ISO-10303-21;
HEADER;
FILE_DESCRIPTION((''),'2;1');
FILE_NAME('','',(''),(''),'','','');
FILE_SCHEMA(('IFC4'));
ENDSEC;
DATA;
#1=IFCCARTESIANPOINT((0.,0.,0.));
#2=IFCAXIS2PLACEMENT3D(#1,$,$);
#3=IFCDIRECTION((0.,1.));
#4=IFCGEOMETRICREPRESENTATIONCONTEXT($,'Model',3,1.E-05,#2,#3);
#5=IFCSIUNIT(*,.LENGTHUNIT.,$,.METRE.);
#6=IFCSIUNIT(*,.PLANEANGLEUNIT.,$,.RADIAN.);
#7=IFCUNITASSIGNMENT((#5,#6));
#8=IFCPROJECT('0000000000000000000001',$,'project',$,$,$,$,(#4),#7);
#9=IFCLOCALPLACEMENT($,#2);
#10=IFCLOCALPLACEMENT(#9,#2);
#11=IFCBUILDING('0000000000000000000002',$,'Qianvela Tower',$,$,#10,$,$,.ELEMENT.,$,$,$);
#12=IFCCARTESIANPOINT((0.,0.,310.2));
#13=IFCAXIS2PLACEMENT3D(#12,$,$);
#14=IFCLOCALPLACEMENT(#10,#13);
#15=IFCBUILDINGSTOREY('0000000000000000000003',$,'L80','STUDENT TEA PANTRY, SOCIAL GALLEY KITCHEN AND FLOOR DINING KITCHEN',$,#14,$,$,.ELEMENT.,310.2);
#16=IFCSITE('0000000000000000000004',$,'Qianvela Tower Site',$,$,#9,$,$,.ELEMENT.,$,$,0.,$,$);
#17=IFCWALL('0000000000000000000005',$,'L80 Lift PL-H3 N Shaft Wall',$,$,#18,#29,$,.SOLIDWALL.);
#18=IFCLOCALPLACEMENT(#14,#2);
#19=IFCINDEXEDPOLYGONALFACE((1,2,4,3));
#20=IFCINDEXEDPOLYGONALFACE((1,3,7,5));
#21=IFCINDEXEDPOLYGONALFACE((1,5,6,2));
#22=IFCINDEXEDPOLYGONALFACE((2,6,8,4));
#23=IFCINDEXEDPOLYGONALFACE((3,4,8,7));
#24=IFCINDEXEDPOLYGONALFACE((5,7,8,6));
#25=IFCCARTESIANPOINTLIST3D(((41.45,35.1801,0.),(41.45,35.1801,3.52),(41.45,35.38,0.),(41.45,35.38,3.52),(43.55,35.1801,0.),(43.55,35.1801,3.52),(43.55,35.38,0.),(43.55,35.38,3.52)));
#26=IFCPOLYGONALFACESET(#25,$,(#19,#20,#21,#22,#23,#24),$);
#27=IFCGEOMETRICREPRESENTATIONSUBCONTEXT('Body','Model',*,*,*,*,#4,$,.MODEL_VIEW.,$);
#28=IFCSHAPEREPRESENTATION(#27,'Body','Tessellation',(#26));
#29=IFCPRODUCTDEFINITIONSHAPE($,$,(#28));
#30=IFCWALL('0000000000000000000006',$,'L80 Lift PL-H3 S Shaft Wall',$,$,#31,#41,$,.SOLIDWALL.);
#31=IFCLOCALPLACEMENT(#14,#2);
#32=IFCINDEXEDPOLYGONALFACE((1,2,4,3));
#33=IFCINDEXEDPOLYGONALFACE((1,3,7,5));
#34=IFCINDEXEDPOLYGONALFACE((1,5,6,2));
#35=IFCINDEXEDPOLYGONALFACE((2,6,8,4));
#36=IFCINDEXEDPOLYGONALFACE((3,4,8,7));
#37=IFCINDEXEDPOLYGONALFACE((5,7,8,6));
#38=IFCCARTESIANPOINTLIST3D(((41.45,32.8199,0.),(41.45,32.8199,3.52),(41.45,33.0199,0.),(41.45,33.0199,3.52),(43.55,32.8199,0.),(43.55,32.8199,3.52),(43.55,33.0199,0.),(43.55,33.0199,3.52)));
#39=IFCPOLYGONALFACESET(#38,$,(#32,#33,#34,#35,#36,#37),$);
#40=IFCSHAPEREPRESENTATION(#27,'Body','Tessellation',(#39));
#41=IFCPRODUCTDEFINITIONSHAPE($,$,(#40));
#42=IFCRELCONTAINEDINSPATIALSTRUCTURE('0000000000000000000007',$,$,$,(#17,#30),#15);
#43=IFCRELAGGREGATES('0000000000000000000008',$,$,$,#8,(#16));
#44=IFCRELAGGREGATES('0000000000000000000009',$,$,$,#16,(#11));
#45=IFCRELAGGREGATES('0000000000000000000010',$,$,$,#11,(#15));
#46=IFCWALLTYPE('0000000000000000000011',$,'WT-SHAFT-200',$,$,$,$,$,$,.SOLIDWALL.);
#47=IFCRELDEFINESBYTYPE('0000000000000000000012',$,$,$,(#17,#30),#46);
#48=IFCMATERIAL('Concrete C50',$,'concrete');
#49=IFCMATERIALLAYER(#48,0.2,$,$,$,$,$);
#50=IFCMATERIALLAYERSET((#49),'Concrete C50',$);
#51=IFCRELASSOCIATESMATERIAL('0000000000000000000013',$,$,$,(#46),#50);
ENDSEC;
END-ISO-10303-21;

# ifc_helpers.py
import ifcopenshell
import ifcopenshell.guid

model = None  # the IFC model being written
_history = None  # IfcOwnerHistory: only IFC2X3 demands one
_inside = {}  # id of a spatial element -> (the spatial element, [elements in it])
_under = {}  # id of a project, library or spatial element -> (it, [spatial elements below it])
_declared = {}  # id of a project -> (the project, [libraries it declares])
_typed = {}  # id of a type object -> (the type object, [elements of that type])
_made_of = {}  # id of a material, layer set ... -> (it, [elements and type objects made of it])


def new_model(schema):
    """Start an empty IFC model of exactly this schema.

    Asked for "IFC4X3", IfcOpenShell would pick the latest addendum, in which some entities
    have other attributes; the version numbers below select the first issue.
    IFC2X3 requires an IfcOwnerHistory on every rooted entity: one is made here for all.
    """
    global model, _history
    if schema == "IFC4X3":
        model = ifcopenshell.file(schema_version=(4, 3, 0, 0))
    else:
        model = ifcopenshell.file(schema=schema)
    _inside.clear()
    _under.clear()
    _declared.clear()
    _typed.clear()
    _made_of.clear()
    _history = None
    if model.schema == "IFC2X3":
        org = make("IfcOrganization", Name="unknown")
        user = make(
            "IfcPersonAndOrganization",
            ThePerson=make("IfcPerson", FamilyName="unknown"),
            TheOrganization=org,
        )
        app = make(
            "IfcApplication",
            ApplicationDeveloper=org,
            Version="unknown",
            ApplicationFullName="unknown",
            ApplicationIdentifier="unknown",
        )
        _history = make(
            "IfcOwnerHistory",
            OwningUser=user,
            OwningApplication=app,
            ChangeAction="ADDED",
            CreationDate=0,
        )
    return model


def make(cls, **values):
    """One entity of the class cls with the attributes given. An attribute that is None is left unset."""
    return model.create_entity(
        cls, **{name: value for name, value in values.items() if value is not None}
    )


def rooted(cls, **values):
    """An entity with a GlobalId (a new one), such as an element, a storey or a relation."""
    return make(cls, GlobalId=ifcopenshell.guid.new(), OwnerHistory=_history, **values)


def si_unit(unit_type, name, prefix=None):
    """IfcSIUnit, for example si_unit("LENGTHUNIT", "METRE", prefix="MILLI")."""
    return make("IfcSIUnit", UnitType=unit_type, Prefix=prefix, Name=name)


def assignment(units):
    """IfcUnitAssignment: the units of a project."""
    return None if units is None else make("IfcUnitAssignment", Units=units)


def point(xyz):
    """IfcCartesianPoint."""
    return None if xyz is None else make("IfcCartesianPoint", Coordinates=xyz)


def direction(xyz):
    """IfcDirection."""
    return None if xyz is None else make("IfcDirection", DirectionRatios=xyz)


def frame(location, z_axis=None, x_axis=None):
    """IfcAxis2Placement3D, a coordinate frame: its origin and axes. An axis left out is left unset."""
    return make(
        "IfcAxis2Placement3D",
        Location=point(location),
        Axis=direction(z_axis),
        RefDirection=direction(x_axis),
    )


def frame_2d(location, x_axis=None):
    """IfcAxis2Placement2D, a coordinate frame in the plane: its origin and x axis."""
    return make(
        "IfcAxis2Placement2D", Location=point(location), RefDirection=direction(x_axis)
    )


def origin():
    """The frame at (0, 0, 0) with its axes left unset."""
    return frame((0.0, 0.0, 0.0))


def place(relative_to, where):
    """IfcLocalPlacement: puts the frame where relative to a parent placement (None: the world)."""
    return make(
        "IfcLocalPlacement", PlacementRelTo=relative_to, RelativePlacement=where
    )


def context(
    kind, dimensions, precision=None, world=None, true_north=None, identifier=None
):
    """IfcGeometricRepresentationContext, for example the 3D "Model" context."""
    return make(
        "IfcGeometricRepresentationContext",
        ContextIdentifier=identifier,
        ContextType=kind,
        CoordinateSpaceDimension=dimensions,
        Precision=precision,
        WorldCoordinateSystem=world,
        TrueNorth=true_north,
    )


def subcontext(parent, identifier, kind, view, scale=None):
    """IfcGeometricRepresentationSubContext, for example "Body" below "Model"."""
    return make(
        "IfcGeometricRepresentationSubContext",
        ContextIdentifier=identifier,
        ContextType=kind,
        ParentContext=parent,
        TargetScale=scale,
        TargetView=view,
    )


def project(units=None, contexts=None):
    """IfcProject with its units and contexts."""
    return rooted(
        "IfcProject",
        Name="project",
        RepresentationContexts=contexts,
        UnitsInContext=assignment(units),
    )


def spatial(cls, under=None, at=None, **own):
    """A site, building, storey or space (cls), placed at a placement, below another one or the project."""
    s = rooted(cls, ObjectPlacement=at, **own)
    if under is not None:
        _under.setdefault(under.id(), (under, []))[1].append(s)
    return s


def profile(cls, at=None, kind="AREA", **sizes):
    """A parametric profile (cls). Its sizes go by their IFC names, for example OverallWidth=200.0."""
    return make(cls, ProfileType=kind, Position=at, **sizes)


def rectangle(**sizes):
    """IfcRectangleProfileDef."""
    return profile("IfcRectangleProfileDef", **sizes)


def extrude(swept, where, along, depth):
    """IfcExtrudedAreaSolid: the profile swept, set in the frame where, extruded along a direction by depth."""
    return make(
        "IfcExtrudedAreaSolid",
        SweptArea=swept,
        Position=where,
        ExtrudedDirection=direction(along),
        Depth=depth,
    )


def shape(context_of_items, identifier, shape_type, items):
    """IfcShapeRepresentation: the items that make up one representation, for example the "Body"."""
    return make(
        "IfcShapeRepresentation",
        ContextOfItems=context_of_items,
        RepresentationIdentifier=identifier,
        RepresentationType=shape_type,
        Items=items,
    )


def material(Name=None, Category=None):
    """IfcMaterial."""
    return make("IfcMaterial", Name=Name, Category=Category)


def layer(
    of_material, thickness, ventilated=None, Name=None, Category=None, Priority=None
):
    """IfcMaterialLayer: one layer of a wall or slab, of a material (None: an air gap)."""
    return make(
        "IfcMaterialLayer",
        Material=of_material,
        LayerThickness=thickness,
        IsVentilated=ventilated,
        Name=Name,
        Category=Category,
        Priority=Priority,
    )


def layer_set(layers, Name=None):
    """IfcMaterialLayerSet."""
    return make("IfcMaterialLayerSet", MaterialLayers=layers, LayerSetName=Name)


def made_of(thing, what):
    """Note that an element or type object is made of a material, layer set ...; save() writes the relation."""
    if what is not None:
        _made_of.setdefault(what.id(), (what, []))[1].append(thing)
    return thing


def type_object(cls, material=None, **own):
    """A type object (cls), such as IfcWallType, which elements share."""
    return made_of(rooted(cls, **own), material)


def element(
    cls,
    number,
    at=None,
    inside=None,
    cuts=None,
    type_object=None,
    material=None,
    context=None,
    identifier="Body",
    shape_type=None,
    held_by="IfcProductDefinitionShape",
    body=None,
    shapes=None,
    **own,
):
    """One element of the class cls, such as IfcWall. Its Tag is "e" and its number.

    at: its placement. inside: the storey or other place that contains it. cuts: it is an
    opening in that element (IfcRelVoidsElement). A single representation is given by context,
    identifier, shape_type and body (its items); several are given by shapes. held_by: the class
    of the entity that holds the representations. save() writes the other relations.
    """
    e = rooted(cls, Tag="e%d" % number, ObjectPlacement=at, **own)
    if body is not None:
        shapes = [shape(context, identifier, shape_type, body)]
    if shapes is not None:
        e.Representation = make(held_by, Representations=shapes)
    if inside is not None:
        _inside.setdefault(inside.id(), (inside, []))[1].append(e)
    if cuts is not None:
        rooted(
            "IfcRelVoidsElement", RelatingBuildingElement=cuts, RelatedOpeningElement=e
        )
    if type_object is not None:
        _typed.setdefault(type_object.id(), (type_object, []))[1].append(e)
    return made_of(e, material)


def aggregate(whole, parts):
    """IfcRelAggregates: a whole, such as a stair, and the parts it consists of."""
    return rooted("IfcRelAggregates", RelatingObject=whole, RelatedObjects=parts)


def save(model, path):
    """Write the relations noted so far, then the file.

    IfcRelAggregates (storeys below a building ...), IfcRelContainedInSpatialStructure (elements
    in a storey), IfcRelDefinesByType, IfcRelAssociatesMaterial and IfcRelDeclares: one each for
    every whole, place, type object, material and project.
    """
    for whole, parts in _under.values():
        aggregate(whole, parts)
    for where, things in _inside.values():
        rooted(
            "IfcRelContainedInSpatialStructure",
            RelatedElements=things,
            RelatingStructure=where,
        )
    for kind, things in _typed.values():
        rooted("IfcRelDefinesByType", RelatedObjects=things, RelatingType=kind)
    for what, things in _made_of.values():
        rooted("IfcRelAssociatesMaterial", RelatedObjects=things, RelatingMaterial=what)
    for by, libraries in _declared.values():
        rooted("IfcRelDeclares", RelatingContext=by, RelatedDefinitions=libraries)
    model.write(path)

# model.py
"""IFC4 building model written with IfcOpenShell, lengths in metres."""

from ifc_helpers import new_model, si_unit, direction, frame, frame_2d, origin, place, context, subcontext, project, spatial, rectangle, extrude, material, layer, layer_set, type_object, element, save


model = new_model("IFC4")

# Units and contexts
model_context = context("Model", 3, precision=1e-05, world=origin(), true_north=direction((0.0, 1.0)))
body_context = subcontext(model_context, "Body", "Model", "MODEL_VIEW")
ifc_project = project(units=[si_unit("LENGTHUNIT", "METRE"), si_unit("PLANEANGLEUNIT", "RADIAN")], contexts=[model_context])

# Site, building, storey
site_placement = place(None, origin())
site = spatial("IfcSite", under=ifc_project, at=site_placement, Name="Qianvela Tower Site", CompositionType="ELEMENT", RefElevation=0.0)
building_placement = place(site_placement, origin())
building = spatial("IfcBuilding", under=site, at=building_placement, Name="Qianvela Tower", CompositionType="ELEMENT")
storey_placement = place(building_placement, frame((0.0, 0.0, 310.2)))
storey = spatial("IfcBuildingStorey", under=building, at=storey_placement, Name="L80", Description="STUDENT TEA PANTRY, SOCIAL GALLEY KITCHEN AND FLOOR DINING KITCHEN", CompositionType="ELEMENT", Elevation=310.2)

# Shared definitions
ifc_material_1 = material(Name="Concrete C50", Category="concrete")
ifc_layer_1 = layer(ifc_material_1, 0.2)
ifc_layer_set_1 = layer_set([ifc_layer_1], Name="Concrete C50")
wall_type_1 = type_object("IfcWallType", Name="WT-SHAFT-200", PredefinedType="SOLIDWALL", material=ifc_layer_set_1)

# Walls
for number, where, z_axis, x_axis, name in (
    (1, (41.45, 35.28, 0.0), (0.0, 0.0, 1.0), (1.0, 0.0, 0.0), "L80 Lift PL-H3 N Shaft Wall"),
    (2, (41.45, 32.9199, 0.0), (0.0, 0.0, 1.0), (1.0, 0.0, 0.0), "L80 Lift PL-H3 S Shaft Wall"),
):
    element("IfcWall", number, at=place(storey_placement, frame(where, z_axis=z_axis, x_axis=x_axis)), inside=storey, type_object=wall_type_1, Name=name, PredefinedType="SOLIDWALL", context=body_context, shape_type="SweptSolid", body=[
        extrude(rectangle(XDim=2.1001, YDim=0.2, at=frame_2d((1.05, 0.0))), origin(), (0.0, 0.0, 1.0), 3.52),
    ])

save(model, "model.ifc")
